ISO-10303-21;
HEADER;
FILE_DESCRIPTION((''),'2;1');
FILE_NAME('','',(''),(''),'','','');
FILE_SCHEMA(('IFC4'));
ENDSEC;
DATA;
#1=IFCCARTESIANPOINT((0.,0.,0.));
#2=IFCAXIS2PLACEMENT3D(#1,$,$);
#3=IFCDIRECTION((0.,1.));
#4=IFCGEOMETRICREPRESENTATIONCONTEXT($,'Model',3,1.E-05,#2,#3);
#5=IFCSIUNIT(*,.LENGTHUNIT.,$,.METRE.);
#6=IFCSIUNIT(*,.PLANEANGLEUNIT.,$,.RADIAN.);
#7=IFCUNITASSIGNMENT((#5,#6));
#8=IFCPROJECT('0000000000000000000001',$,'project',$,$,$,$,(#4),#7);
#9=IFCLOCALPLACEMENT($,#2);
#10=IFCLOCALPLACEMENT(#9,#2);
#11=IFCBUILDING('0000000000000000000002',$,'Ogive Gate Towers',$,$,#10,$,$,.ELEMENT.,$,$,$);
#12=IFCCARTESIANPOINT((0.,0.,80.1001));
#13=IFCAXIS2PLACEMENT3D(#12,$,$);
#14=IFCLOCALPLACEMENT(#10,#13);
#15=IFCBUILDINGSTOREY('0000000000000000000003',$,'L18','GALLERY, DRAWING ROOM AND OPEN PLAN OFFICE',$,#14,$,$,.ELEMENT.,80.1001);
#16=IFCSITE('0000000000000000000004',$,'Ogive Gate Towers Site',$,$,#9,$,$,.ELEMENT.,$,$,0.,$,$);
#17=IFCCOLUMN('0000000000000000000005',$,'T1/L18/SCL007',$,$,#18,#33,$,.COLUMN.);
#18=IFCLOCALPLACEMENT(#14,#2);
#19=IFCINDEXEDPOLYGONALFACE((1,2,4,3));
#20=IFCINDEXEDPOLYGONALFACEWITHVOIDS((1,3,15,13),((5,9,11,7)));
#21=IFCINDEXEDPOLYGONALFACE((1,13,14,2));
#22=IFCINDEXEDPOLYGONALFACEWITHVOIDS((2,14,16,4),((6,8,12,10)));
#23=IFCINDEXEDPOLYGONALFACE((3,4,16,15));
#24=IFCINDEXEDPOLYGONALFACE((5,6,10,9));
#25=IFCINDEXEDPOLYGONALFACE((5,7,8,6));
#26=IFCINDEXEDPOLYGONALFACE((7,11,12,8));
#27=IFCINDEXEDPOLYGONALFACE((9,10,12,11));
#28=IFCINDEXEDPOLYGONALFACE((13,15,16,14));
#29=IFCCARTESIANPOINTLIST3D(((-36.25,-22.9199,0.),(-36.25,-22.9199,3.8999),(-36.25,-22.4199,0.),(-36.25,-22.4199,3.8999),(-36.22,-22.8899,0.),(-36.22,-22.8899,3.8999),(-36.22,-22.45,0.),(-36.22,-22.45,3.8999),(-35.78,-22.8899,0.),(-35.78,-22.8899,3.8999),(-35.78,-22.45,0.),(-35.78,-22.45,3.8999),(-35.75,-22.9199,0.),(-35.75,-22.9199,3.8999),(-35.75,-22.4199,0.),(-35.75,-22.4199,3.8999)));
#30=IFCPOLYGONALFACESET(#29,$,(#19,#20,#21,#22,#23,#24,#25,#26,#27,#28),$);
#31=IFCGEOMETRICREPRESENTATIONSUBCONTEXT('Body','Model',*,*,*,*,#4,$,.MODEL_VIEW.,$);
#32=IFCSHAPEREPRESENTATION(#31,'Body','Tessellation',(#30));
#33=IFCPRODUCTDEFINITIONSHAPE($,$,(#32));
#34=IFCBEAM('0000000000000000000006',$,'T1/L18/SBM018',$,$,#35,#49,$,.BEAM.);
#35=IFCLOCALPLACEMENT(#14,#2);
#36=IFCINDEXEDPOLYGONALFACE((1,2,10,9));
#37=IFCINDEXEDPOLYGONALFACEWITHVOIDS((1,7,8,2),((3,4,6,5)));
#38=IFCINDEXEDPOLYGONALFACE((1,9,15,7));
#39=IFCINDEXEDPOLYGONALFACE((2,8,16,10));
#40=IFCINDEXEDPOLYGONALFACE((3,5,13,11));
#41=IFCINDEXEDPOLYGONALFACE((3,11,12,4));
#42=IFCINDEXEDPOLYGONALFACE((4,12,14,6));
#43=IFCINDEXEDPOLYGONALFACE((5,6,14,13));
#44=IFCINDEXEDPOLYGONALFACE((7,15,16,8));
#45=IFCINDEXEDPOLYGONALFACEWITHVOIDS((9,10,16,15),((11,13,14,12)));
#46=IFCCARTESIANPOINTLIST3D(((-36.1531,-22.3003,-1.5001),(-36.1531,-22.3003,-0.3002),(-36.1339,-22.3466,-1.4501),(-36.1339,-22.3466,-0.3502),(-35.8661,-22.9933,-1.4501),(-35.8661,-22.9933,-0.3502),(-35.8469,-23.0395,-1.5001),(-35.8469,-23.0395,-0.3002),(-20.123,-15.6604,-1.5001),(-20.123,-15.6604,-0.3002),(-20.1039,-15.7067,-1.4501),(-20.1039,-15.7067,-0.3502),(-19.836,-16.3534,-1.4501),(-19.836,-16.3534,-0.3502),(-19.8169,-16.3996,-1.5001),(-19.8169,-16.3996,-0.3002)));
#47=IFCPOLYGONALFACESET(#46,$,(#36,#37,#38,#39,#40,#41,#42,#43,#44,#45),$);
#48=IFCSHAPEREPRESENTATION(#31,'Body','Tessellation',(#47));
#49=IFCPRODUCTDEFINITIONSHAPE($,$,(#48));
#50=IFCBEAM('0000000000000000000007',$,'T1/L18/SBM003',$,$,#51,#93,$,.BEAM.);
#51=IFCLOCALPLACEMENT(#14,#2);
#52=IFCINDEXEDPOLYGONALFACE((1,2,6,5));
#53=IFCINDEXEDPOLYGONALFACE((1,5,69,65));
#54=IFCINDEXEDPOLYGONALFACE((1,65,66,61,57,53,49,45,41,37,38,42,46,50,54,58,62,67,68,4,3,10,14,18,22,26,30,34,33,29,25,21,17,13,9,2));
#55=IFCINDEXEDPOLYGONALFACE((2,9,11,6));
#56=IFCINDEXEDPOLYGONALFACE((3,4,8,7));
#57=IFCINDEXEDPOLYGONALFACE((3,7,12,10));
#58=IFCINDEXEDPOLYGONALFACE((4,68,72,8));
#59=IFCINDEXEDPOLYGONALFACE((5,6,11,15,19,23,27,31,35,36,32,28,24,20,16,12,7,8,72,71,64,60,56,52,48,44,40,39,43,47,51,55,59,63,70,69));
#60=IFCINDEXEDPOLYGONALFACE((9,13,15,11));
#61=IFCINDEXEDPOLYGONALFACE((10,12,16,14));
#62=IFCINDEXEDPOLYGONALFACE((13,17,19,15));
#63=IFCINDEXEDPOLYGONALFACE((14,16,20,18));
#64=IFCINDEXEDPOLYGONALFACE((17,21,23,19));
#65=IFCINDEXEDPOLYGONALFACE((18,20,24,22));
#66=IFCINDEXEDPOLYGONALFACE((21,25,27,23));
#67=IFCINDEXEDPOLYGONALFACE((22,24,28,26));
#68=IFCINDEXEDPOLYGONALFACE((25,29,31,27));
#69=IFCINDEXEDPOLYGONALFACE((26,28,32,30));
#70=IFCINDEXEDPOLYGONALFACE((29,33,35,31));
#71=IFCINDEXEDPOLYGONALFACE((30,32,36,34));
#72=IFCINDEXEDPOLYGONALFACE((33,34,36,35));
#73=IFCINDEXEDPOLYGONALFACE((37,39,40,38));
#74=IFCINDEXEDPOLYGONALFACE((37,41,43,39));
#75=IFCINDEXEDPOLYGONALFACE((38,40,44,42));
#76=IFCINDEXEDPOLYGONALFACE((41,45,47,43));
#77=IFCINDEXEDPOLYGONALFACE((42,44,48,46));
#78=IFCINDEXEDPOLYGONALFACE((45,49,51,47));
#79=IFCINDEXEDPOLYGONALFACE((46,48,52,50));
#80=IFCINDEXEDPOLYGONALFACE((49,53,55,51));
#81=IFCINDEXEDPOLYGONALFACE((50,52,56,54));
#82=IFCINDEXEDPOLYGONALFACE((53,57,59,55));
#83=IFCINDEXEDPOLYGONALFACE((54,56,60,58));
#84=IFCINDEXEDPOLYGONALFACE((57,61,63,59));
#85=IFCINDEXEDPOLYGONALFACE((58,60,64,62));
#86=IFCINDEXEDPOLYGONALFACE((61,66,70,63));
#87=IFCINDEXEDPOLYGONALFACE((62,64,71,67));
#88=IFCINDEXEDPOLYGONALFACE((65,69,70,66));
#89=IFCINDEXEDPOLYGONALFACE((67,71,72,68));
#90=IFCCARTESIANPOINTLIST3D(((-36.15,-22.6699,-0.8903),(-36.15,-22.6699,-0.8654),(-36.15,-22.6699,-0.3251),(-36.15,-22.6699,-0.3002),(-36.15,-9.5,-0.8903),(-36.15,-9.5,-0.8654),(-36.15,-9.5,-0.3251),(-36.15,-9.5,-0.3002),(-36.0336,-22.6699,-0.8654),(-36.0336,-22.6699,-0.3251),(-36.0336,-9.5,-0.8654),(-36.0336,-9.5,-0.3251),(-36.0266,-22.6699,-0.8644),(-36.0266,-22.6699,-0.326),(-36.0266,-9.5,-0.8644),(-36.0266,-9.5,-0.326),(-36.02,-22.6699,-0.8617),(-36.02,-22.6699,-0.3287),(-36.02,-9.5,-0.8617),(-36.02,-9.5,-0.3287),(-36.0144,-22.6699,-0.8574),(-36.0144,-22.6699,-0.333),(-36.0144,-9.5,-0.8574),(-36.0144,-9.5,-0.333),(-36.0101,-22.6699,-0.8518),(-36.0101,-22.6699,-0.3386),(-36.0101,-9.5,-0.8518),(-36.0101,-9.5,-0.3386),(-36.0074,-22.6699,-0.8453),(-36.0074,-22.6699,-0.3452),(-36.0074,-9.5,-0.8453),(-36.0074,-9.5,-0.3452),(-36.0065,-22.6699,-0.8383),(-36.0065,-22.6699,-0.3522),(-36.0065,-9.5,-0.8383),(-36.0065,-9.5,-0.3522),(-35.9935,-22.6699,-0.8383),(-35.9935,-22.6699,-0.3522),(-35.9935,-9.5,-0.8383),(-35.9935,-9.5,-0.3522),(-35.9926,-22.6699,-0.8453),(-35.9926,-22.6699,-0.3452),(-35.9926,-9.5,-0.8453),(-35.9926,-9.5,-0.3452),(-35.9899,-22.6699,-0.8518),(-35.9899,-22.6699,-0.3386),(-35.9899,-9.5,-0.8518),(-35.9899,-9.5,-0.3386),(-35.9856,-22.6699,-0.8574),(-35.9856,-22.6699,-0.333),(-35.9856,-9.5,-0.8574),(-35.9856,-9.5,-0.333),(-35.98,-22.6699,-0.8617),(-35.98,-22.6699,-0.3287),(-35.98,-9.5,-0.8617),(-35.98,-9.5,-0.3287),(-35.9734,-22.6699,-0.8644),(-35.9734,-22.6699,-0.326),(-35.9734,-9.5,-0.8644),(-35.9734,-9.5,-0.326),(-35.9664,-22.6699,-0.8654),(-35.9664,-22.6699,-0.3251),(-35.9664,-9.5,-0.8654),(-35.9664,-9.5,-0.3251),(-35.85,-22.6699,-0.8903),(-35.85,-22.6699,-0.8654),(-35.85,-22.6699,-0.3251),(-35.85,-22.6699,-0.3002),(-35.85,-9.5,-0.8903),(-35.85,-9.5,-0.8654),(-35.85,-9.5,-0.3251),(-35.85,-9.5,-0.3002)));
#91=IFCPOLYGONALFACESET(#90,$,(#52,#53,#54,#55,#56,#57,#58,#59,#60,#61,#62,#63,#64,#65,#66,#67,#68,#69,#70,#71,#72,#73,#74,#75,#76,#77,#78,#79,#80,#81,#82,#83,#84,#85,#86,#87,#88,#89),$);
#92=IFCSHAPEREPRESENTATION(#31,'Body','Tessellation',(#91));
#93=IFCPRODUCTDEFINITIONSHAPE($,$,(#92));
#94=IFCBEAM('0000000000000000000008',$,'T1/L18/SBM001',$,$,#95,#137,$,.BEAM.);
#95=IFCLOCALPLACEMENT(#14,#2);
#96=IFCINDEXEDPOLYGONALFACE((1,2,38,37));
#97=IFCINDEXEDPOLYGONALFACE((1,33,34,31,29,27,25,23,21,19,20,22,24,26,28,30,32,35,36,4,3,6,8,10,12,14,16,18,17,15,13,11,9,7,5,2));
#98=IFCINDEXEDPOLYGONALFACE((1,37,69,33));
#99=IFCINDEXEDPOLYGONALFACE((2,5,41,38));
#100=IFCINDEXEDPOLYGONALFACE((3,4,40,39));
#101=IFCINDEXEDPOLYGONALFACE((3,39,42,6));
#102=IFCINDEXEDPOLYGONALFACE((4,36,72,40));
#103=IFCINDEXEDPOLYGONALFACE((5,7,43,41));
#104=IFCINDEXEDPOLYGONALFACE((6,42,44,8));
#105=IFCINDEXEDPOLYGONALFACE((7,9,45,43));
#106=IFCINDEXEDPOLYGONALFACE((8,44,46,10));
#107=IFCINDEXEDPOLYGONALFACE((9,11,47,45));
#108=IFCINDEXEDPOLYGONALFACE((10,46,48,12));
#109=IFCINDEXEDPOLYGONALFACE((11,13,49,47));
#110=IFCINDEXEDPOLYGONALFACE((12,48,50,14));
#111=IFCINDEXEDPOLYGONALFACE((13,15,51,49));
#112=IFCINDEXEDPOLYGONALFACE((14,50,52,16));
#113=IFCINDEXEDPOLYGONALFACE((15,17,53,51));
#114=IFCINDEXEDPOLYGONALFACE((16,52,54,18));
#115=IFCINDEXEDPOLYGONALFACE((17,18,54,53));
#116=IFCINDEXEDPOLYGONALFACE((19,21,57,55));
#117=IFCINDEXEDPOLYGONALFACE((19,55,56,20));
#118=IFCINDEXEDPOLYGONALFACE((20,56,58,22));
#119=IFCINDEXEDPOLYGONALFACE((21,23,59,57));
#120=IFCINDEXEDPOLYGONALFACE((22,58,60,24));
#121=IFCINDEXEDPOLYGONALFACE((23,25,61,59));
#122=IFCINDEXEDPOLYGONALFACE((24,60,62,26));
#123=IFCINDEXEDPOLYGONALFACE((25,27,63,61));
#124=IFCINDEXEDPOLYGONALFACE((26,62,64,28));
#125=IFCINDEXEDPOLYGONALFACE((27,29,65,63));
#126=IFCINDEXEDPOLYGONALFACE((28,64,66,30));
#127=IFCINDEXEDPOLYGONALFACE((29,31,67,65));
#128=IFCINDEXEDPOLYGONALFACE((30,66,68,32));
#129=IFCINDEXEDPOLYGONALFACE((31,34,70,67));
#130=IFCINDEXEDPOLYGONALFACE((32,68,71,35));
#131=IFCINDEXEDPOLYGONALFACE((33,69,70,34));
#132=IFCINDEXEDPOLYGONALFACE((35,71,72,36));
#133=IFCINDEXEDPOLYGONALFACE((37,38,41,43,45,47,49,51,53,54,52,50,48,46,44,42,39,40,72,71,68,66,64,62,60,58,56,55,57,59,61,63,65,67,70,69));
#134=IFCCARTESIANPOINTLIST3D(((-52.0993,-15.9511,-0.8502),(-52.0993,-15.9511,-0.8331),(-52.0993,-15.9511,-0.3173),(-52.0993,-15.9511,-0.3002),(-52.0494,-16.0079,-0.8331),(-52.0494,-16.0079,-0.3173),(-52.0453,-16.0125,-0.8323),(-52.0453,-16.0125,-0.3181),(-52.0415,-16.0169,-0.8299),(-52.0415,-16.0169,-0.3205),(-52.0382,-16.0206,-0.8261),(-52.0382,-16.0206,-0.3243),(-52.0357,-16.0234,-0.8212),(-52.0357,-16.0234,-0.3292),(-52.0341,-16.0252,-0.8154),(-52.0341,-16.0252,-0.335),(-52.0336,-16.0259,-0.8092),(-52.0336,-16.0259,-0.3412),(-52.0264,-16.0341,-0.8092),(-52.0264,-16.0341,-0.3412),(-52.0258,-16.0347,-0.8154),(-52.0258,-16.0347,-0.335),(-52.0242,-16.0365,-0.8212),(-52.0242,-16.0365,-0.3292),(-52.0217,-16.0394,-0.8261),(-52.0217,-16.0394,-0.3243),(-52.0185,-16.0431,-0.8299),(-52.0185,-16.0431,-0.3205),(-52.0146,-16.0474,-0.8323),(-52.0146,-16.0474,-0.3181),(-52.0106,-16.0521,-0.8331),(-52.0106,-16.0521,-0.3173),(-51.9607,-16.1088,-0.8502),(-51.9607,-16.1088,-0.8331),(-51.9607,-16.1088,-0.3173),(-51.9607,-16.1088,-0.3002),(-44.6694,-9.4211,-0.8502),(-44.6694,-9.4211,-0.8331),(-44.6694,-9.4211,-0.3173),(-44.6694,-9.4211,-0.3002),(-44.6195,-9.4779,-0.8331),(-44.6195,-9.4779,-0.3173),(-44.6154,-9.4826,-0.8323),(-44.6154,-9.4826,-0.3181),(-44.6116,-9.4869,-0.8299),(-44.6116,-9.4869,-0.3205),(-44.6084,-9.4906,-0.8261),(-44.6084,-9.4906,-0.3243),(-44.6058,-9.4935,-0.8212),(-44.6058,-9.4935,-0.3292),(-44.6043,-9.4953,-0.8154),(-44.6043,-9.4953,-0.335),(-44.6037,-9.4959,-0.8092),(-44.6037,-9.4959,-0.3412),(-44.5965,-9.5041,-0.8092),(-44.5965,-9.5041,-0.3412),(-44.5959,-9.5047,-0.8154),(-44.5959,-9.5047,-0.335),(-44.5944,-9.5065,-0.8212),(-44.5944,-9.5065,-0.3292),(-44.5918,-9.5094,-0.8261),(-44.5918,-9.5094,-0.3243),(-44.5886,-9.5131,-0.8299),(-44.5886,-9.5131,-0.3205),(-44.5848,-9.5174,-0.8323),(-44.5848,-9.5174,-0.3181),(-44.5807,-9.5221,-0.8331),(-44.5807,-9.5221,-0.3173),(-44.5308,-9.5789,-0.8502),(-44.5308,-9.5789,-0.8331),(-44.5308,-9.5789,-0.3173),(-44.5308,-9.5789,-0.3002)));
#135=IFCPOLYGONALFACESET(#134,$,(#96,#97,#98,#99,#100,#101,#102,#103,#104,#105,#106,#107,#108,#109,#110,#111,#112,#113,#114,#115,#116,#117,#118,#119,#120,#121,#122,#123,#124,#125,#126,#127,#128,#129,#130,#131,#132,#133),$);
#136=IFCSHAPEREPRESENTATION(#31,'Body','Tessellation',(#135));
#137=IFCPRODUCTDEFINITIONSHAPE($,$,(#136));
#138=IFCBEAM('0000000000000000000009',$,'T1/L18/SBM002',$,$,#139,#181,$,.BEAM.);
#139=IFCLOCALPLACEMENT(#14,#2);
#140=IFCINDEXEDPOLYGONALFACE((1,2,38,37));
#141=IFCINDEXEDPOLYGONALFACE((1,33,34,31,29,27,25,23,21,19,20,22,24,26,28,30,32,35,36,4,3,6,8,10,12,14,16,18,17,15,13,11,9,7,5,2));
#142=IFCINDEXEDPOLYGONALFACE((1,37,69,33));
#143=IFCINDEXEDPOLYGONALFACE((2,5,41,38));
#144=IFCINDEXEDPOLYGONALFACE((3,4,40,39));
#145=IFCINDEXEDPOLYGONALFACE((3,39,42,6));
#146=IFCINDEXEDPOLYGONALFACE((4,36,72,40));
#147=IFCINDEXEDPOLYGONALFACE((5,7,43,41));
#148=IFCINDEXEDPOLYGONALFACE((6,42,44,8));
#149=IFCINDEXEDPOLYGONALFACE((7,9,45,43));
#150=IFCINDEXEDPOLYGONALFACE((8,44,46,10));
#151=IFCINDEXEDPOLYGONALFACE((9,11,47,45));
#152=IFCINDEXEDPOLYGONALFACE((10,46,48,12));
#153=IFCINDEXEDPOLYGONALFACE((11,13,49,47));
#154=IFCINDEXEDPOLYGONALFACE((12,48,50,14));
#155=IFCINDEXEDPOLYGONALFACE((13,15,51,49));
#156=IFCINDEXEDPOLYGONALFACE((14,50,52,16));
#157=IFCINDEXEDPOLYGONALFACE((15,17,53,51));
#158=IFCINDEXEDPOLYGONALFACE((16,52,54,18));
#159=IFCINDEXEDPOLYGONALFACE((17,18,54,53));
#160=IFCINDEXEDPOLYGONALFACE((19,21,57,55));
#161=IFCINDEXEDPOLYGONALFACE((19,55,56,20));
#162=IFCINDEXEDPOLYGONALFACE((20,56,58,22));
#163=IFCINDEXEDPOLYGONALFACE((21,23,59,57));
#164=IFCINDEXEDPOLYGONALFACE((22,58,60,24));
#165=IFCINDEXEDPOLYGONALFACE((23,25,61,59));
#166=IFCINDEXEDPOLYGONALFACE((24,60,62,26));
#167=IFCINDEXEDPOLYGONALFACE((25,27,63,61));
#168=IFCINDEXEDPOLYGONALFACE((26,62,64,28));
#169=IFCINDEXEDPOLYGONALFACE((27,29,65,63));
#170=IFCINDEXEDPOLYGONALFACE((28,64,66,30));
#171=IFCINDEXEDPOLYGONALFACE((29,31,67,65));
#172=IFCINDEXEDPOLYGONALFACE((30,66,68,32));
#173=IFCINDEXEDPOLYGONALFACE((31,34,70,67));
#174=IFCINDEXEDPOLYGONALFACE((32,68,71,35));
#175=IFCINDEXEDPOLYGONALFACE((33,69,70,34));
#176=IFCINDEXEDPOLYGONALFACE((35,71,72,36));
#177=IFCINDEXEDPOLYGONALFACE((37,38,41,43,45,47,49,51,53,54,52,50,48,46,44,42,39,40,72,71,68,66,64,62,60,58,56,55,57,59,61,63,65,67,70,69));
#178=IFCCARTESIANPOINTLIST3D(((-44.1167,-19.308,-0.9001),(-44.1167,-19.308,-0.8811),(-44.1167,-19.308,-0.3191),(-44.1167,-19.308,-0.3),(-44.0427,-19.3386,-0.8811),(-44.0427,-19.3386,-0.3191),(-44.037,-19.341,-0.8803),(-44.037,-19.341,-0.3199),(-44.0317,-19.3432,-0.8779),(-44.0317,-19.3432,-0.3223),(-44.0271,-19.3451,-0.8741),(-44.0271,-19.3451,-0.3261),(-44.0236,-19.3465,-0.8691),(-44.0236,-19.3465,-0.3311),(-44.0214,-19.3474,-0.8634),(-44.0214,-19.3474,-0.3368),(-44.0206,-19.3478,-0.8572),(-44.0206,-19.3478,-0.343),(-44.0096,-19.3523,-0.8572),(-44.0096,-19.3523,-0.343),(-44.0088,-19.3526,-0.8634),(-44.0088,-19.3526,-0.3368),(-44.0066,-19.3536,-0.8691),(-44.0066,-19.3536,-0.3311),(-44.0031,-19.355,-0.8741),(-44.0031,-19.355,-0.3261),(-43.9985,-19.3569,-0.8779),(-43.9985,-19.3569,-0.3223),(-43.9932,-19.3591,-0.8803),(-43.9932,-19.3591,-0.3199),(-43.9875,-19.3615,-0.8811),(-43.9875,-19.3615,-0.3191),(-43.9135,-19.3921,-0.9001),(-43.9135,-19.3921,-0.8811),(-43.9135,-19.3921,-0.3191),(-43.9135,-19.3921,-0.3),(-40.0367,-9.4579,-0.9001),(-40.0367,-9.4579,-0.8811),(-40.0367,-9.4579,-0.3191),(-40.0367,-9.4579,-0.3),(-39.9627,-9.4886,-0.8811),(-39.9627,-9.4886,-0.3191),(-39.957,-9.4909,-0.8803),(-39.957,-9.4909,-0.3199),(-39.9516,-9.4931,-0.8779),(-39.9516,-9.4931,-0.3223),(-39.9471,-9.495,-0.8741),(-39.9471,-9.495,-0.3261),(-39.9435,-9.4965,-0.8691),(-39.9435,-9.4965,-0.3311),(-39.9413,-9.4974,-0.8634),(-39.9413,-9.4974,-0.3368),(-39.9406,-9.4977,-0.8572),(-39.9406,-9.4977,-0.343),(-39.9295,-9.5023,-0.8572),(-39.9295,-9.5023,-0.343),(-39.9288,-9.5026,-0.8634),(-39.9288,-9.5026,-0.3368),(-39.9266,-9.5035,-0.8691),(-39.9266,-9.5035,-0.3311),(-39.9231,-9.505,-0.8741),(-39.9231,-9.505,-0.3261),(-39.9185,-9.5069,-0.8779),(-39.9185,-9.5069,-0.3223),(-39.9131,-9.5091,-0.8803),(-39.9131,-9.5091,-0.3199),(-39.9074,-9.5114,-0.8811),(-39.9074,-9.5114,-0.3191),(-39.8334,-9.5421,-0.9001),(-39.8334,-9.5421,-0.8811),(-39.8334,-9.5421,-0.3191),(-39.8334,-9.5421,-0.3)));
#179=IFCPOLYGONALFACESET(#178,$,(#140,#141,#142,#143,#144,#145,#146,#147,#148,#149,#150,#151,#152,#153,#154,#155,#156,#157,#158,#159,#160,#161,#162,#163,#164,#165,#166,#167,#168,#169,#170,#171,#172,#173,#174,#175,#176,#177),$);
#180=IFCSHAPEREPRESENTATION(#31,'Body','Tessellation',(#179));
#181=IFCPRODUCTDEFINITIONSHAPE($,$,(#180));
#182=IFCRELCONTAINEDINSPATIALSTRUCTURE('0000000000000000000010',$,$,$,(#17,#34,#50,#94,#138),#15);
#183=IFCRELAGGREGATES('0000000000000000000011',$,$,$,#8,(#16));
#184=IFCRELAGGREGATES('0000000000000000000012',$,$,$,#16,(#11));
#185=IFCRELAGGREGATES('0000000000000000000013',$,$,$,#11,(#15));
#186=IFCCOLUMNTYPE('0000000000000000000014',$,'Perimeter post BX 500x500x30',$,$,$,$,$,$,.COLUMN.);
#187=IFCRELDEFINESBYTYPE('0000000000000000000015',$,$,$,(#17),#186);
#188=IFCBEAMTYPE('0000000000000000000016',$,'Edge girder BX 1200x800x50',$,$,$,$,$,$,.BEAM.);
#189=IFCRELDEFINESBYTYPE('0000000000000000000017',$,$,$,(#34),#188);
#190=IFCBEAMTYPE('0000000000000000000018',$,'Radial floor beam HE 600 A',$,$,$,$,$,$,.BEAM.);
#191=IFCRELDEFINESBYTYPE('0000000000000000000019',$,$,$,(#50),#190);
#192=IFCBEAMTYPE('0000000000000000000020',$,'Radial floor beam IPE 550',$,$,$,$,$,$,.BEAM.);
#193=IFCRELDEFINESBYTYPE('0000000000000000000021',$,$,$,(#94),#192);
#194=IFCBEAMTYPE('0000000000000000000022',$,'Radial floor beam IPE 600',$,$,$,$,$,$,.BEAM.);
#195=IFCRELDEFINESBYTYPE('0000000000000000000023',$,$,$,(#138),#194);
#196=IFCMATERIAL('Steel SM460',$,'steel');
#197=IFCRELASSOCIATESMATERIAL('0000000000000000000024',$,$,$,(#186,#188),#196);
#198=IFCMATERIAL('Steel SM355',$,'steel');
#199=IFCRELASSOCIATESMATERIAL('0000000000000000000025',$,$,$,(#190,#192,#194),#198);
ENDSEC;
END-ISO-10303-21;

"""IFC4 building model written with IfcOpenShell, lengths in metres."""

from ifc_helpers import new_model, si_unit, direction, frame, origin, origin_2d, place, context, subcontext, project, spatial, hollow_rectangle, i_section, extrude, material, material_profile, profile_set, type_object, element, save


model = new_model("IFC4")

# Units and contexts
model_context = context("Model", 3, precision=1e-05, world=origin(), true_north=direction((0.0, 1.0)))
body_context = subcontext(model_context, "Body", "Model", "MODEL_VIEW")
ifc_project = project(units=[si_unit("LENGTHUNIT", "METRE"), si_unit("PLANEANGLEUNIT", "RADIAN")], contexts=[model_context])

# Site, building, storey
site_placement = place(None, origin())
site = spatial("IfcSite", under=ifc_project, at=site_placement, Name="Ogive Gate Towers Site", CompositionType="ELEMENT", RefElevation=0.0)
building_placement = place(site_placement, origin())
building = spatial("IfcBuilding", under=site, at=building_placement, Name="Ogive Gate Towers", CompositionType="ELEMENT")
storey_placement = place(building_placement, frame((0.0, 0.0, 80.1001)))
storey = spatial("IfcBuildingStorey", under=building, at=storey_placement, Name="L18", Description="GALLERY, DRAWING ROOM AND OPEN PLAN OFFICE", CompositionType="ELEMENT", Elevation=80.1001)

# Column
ifc_material_1 = material(Name="Steel SM460", Category="steel")
ifc_material_profile_1 = material_profile(ifc_material_1, hollow_rectangle(XDim=0.5, YDim=0.5, WallThickness=0.03, at=origin_2d()), Name="BX 500x500x30")
ifc_profile_set_1 = profile_set([ifc_material_profile_1], Name="Steel SM460")
column_type = type_object("IfcColumnType", Name="Perimeter post BX 500x500x30", PredefinedType="COLUMN", material=ifc_profile_set_1)
column_placement = place(storey_placement, frame((-36.0, -22.6699, 0.0), z_axis=(0.0, 0.0, 1.0), x_axis=(1.0, 0.0, 0.0)))
element("IfcColumn", 1, at=column_placement, inside=storey, type_object=column_type, Name="T1/L18/SCL007", PredefinedType="COLUMN", context=body_context, shape_type="SweptSolid", body=[
    extrude(hollow_rectangle(XDim=0.5, YDim=0.5, WallThickness=0.03, at=origin_2d()), origin(), (0.0, 0.0, 1.0), 3.8999),
])

# Beams
ifc_material_profile_2 = material_profile(ifc_material_1, hollow_rectangle(XDim=0.8, YDim=1.2, WallThickness=0.05, at=origin_2d()), Name="BX 1200x800x50")
ifc_profile_set_2 = profile_set([ifc_material_profile_2], Name="Steel SM460")
beam_type_1 = type_object("IfcBeamType", Name="Edge girder BX 1200x800x50", PredefinedType="BEAM", material=ifc_profile_set_2)
beam_1_placement = place(storey_placement, frame((-36.0, -22.6699, -0.9001), z_axis=(0.923879, 0.382685, 0.0), x_axis=(-0.382685, 0.923879, 0.0)))
element("IfcBeam", 2, at=beam_1_placement, inside=storey, type_object=beam_type_1, Name="T1/L18/SBM018", PredefinedType="BEAM", context=body_context, shape_type="SweptSolid", body=[
    extrude(hollow_rectangle(XDim=0.8, YDim=1.2, WallThickness=0.05, at=origin_2d()), origin(), (0.0, 0.0, 1.0), 17.3508),
])
ifc_material_2 = material(Name="Steel SM355", Category="steel")
ifc_material_profile_3 = material_profile(ifc_material_2, i_section(OverallWidth=0.3, OverallDepth=0.5901, WebThickness=0.0129, FlangeThickness=0.0249, FilletRadius=0.0271, at=origin_2d()), Name="HE 600 A")
ifc_profile_set_3 = profile_set([ifc_material_profile_3], Name="Steel SM355")
beam_type_2 = type_object("IfcBeamType", Name="Radial floor beam HE 600 A", PredefinedType="BEAM", material=ifc_profile_set_3)
beam_2_placement = place(storey_placement, frame((-36.0, -9.5, -0.5952), z_axis=(0.0, -1.0, 0.0), x_axis=(1.0, 0.0, 0.0)))
element("IfcBeam", 3, at=beam_2_placement, inside=storey, type_object=beam_type_2, Name="T1/L18/SBM003", PredefinedType="BEAM", context=body_context, shape_type="SweptSolid", body=[
    extrude(i_section(OverallWidth=0.3, OverallDepth=0.5901, WebThickness=0.0129, FlangeThickness=0.0249, FilletRadius=0.0271, at=origin_2d()), origin(), (0.0, 0.0, 1.0), 13.1699),
])
ifc_material_profile_4 = material_profile(ifc_material_2, i_section(OverallWidth=0.21, OverallDepth=0.55, WebThickness=0.011, FlangeThickness=0.0171, FilletRadius=0.0239, at=origin_2d()), Name="IPE 550")
ifc_profile_set_4 = profile_set([ifc_material_profile_4], Name="Steel SM355")
beam_type_3 = type_object("IfcBeamType", Name="Radial floor beam IPE 550", PredefinedType="BEAM", material=ifc_profile_set_4)
beam_3_placement = place(storey_placement, frame((-44.6001, -9.5, -0.5752), z_axis=(-0.75113, -0.660154, 0.0), x_axis=(0.660154, -0.75113, 0.0)))
element("IfcBeam", 4, at=beam_3_placement, inside=storey, type_object=beam_type_3, Name="T1/L18/SBM001", PredefinedType="BEAM", context=body_context, shape_type="SweptSolid", body=[
    extrude(i_section(OverallWidth=0.21, OverallDepth=0.55, WebThickness=0.011, FlangeThickness=0.0171, FilletRadius=0.0239, at=origin_2d()), origin(), (0.0, 0.0, 1.0), 9.8916),
])
ifc_material_profile_5 = material_profile(ifc_material_2, i_section(OverallWidth=0.22, OverallDepth=0.6001, WebThickness=0.012, FlangeThickness=0.019, FilletRadius=0.0239, at=origin_2d()), Name="IPE 600")
ifc_profile_set_5 = profile_set([ifc_material_profile_5], Name="Steel SM355")
beam_type_4 = type_object("IfcBeamType", Name="Radial floor beam IPE 600", PredefinedType="BEAM", material=ifc_profile_set_5)
beam_4_placement = place(storey_placement, frame((-39.9351, -9.5, -0.6001), z_axis=(-0.382686, -0.923878, 0.0), x_axis=(0.923878, -0.382686, 0.0)))
element("IfcBeam", 5, at=beam_4_placement, inside=storey, type_object=beam_type_4, Name="T1/L18/SBM002", PredefinedType="BEAM", context=body_context, shape_type="SweptSolid", body=[
    extrude(i_section(OverallWidth=0.22, OverallDepth=0.6001, WebThickness=0.012, FlangeThickness=0.019, FilletRadius=0.0239, at=origin_2d()), origin(), (0.0, 0.0, 1.0), 10.6616),
])

save(model, "model.ifc")
